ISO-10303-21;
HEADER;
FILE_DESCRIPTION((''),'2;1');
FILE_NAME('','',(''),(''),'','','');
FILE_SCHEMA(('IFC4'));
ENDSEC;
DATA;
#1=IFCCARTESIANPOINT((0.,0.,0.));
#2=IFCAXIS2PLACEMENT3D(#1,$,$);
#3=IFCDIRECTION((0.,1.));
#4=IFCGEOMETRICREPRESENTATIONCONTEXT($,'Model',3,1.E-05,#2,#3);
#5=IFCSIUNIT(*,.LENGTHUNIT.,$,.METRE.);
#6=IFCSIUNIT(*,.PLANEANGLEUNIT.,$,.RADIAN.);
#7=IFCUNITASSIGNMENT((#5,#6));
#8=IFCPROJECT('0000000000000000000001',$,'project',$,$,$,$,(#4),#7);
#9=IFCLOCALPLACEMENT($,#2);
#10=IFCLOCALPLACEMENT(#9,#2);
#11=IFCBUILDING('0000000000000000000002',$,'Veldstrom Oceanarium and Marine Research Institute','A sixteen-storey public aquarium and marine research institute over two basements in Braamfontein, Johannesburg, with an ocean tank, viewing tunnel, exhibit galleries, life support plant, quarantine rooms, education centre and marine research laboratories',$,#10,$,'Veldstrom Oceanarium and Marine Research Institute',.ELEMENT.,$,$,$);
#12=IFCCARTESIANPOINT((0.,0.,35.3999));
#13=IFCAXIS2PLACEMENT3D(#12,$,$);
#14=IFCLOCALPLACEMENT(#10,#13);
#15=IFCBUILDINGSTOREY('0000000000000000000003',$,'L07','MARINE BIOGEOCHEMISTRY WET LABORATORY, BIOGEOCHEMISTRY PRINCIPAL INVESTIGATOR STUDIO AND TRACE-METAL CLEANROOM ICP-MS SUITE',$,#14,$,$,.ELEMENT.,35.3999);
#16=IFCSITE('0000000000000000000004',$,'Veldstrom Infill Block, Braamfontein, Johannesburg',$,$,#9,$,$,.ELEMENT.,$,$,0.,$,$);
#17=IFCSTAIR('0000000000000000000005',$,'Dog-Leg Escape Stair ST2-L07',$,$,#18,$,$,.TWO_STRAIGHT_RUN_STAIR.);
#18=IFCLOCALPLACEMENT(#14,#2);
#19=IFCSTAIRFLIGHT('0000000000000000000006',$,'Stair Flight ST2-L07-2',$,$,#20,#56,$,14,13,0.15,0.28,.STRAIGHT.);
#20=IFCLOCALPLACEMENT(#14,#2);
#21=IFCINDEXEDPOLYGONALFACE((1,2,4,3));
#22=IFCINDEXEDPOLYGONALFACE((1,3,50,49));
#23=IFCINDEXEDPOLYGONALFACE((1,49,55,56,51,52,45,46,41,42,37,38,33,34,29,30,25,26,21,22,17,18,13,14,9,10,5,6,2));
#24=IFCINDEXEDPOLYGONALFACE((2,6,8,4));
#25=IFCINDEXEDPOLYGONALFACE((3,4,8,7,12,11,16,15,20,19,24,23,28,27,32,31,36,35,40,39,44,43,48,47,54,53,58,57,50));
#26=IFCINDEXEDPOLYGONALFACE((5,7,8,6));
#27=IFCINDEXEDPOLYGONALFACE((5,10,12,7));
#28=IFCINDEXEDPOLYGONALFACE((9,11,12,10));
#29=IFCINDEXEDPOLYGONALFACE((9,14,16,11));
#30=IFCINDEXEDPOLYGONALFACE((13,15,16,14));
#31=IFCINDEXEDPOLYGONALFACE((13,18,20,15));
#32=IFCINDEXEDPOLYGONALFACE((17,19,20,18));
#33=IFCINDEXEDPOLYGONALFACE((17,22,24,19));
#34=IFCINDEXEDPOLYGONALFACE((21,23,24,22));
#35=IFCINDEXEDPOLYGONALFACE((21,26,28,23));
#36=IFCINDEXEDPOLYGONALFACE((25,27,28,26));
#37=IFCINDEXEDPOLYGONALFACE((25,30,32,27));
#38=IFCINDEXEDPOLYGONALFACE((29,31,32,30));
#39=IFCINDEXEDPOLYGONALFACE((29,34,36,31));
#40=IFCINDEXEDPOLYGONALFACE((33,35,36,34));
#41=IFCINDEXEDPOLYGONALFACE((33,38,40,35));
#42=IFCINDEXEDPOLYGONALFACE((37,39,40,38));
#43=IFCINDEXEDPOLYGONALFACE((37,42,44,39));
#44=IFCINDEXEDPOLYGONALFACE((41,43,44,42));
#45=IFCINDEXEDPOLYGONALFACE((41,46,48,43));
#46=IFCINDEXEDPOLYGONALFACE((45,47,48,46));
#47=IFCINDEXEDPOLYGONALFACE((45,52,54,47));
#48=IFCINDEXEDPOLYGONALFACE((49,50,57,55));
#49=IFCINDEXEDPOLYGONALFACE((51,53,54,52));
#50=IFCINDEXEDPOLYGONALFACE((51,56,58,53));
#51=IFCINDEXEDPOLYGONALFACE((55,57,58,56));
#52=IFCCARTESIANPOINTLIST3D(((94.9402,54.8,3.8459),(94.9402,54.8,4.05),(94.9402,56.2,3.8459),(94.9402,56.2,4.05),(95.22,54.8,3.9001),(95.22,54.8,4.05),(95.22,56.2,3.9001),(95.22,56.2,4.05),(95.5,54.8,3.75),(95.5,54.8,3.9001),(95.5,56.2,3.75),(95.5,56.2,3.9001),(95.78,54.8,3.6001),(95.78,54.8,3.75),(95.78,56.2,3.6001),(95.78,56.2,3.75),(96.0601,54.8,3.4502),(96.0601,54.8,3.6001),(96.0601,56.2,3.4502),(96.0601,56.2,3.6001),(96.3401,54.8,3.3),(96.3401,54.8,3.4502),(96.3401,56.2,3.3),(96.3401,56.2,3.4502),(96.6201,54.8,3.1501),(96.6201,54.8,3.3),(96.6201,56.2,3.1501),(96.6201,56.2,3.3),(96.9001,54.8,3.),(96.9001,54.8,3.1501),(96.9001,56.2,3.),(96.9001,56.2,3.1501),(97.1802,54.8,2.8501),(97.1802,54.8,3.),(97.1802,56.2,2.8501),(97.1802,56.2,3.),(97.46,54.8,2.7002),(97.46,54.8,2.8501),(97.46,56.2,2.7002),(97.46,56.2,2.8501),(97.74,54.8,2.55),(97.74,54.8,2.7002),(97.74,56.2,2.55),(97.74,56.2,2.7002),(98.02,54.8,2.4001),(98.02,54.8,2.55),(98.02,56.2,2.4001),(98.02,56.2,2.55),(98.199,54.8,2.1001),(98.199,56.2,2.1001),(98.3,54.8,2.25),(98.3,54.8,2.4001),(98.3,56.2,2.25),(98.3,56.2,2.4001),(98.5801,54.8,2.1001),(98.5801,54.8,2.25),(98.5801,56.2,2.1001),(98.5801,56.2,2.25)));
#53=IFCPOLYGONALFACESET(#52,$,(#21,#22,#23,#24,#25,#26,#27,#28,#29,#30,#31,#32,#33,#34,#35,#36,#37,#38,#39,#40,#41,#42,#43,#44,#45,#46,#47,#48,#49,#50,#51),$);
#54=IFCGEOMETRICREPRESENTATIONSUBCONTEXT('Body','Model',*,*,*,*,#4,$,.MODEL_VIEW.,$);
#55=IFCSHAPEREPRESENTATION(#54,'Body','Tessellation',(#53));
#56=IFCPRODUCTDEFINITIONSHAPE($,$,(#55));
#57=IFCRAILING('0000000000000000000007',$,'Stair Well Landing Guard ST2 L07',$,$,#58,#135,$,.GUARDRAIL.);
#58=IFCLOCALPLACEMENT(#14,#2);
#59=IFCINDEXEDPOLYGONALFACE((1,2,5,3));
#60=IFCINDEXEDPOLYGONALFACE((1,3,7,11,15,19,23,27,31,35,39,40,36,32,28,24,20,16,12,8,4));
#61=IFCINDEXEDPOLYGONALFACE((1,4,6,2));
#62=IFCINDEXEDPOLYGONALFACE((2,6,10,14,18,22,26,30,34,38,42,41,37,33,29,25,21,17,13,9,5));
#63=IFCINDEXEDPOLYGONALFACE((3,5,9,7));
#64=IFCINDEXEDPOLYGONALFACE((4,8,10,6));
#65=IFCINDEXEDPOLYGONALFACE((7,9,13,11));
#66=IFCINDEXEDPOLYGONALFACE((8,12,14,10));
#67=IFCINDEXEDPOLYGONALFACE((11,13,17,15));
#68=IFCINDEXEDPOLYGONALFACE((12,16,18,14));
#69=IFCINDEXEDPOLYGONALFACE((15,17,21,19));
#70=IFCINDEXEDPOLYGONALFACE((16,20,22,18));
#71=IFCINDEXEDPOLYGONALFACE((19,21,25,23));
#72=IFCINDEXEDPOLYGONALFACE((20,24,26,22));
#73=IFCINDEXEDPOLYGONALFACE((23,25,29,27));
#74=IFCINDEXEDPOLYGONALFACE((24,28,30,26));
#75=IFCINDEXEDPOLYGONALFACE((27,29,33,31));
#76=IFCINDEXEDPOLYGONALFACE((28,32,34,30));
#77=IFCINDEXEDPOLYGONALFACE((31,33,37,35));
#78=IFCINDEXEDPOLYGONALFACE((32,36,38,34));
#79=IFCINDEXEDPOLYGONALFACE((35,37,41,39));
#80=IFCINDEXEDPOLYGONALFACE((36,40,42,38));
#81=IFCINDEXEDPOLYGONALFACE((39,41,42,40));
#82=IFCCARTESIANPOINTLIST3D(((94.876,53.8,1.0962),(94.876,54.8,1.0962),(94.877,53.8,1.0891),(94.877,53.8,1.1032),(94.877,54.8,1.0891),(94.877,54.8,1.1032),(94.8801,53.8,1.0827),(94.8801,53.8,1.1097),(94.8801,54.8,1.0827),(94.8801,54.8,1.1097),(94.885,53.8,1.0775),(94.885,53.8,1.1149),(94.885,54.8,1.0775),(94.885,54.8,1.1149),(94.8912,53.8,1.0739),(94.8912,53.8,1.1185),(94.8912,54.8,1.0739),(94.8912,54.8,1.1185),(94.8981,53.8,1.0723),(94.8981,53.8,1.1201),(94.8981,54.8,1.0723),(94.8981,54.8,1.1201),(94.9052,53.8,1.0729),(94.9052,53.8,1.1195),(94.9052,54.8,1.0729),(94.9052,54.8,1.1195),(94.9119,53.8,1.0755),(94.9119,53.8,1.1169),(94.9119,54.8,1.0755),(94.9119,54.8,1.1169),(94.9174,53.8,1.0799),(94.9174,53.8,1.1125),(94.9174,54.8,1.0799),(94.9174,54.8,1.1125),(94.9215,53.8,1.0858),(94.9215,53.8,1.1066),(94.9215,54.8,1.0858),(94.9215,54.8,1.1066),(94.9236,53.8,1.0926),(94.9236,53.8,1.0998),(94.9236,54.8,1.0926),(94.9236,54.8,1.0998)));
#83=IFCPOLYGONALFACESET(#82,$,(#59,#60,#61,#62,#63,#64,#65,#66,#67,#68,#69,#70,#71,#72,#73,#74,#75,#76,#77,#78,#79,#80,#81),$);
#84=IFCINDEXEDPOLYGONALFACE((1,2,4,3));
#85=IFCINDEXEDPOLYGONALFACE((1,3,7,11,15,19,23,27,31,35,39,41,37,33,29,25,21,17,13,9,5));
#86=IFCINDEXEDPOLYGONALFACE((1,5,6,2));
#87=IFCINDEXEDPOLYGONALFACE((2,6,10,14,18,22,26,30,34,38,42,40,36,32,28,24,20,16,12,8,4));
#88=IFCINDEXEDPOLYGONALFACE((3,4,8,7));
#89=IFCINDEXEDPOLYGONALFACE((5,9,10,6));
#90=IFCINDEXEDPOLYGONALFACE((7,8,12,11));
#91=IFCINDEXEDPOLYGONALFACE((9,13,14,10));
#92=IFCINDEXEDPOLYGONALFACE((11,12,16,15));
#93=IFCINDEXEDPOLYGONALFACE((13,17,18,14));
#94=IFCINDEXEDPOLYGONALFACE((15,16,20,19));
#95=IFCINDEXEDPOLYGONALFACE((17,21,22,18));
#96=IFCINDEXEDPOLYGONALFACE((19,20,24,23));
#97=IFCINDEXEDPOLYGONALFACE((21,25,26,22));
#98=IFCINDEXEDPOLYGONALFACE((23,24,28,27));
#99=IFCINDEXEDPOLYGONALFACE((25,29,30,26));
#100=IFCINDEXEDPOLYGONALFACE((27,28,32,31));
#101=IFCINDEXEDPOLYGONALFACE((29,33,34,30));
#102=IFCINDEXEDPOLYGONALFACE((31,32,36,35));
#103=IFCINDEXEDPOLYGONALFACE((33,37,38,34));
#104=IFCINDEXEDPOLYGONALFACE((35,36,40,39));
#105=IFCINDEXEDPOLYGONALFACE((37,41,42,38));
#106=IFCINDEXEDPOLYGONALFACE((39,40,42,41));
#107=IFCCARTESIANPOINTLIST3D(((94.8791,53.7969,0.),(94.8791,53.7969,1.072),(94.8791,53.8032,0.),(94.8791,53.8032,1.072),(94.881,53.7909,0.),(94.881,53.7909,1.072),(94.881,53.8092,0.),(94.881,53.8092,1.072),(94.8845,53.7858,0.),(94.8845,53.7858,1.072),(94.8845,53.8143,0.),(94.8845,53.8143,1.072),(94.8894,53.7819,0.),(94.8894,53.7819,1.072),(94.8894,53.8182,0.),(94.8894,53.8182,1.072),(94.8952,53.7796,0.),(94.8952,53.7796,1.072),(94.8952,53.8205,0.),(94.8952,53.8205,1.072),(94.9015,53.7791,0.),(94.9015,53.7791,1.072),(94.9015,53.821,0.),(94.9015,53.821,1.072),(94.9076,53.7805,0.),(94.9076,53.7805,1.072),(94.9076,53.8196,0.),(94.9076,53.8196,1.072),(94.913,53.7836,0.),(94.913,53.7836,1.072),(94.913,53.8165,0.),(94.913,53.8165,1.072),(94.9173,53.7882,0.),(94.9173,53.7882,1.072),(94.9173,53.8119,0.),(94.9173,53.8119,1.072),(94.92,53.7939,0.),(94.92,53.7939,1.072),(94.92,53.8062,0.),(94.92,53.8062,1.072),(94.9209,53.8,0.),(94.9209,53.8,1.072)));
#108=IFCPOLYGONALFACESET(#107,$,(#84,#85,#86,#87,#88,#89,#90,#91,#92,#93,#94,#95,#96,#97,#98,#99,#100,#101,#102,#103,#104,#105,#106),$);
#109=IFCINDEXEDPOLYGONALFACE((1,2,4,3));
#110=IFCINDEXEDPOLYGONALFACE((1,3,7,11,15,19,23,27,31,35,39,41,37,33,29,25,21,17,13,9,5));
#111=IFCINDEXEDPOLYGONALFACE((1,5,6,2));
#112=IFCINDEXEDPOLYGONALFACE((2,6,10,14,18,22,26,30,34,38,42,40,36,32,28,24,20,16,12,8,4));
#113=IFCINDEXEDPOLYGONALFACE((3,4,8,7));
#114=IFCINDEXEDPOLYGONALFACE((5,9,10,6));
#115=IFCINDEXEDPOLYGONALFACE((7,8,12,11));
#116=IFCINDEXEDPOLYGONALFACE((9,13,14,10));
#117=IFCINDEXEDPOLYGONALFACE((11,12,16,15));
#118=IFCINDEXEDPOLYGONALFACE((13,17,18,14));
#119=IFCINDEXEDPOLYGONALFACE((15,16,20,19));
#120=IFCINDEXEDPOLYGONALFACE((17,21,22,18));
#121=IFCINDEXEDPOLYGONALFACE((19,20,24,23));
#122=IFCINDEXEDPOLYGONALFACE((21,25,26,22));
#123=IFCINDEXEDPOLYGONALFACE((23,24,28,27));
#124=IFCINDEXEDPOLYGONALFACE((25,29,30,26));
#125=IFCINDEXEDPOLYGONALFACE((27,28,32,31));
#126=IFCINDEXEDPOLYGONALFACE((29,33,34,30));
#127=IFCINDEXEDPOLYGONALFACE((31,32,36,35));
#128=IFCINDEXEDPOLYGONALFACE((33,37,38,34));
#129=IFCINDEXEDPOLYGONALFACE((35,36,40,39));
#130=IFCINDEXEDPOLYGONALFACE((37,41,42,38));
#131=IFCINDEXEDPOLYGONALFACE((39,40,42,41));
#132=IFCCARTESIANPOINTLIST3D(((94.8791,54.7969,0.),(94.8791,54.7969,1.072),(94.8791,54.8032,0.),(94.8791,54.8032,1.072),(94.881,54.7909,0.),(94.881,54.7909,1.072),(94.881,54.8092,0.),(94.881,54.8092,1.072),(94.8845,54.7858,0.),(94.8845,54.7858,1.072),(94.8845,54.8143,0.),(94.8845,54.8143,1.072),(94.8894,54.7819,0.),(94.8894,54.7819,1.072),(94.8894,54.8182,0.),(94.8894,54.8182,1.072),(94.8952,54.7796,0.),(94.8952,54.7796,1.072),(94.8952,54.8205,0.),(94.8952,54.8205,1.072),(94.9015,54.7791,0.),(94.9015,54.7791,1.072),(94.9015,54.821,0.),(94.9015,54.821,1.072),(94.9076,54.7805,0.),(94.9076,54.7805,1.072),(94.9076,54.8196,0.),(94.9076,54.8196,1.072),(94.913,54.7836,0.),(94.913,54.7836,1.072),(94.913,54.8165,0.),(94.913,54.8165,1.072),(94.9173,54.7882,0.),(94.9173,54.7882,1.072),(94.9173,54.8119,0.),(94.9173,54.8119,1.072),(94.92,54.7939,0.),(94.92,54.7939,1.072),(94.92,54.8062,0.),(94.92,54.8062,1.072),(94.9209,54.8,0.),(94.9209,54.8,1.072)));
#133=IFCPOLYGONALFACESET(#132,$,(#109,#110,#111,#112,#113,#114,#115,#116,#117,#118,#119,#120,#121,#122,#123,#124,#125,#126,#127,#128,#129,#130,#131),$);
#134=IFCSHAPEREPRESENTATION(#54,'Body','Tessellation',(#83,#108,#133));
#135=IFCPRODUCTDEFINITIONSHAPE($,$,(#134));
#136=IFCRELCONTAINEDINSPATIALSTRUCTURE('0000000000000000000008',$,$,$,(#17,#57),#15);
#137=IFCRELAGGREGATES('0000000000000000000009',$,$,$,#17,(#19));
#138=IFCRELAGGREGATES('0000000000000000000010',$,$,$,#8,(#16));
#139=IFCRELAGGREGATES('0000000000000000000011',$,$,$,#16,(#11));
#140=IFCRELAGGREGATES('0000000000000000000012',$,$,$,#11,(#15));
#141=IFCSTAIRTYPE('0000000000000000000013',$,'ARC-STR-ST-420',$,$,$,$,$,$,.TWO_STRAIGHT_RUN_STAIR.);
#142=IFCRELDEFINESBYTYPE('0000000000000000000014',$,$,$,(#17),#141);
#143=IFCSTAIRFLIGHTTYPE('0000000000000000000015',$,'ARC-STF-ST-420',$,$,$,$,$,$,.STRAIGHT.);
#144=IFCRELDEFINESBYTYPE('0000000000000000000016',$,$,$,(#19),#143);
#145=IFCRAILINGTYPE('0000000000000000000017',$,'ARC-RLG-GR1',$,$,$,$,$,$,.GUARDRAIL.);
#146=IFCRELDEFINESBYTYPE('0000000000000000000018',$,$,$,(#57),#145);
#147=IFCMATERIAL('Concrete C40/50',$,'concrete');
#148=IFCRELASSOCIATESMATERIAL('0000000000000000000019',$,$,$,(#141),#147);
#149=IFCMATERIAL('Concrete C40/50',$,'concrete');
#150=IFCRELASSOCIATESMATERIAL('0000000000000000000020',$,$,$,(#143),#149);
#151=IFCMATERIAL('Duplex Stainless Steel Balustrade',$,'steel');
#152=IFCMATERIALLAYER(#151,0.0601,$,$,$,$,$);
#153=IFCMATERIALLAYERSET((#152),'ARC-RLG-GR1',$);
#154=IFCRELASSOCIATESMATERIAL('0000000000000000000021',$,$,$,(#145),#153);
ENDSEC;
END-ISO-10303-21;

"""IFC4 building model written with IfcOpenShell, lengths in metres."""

from ifc_helpers import new_model, si_unit, direction, frame, origin, origin_2d, place, context, subcontext, project, spatial, polyline, circle, outline, extrude, material, layer, layer_set, type_object, element, aggregate, save


model = new_model("IFC4")

# Units and contexts
model_context = context("Model", 3, precision=1e-05, world=origin(), true_north=direction((0.0, 1.0)))
body_context = subcontext(model_context, "Body", "Model", "MODEL_VIEW")
ifc_project = project(units=[si_unit("LENGTHUNIT", "METRE"), si_unit("PLANEANGLEUNIT", "RADIAN")], contexts=[model_context])

# Site, building, storey
site_placement = place(None, origin())
site = spatial("IfcSite", under=ifc_project, at=site_placement, Name="Veldstrom Infill Block, Braamfontein, Johannesburg", CompositionType="ELEMENT", RefElevation=0.0)
building_placement = place(site_placement, origin())
building = spatial("IfcBuilding", under=site, at=building_placement, Name="Veldstrom Oceanarium and Marine Research Institute", Description="A sixteen-storey public aquarium and marine research institute over two basements in Braamfontein, Johannesburg, with an ocean tank, viewing tunnel, exhibit galleries, life support plant, quarantine rooms, education centre and marine research laboratories", LongName="Veldstrom Oceanarium and Marine Research Institute", CompositionType="ELEMENT")
storey_placement = place(building_placement, frame((0.0, 0.0, 35.3999)))
storey = spatial("IfcBuildingStorey", under=building, at=storey_placement, Name="L07", Description="MARINE BIOGEOCHEMISTRY WET LABORATORY, BIOGEOCHEMISTRY PRINCIPAL INVESTIGATOR STUDIO AND TRACE-METAL CLEANROOM ICP-MS SUITE", CompositionType="ELEMENT", Elevation=35.3999)

# Stair, stair flight
ifc_material_1 = material(Name="Concrete C40/50", Category="concrete")
stair_type = type_object("IfcStairType", Name="ARC-STR-ST-420", PredefinedType="TWO_STRAIGHT_RUN_STAIR", material=ifc_material_1)
stair_placement = place(storey_placement, origin())
stair = element("IfcStair", 1, at=stair_placement, inside=storey, type_object=stair_type, Name="Dog-Leg Escape Stair ST2-L07", PredefinedType="TWO_STRAIGHT_RUN_STAIR")
ifc_material_2 = material(Name="Concrete C40/50", Category="concrete")
stair_flight_type = type_object("IfcStairFlightType", Name="ARC-STF-ST-420", PredefinedType="STRAIGHT", material=ifc_material_2)
stair_flight_1_placement = place(storey_placement, frame((98.5801, 55.5, 2.1001), z_axis=(0.0, 0.0, 1.0), x_axis=(-1.0, 0.0, 0.0)))
stair_flight_1 = element("IfcStairFlight", 2, at=stair_flight_1_placement, type_object=stair_flight_type, Name="Stair Flight ST2-L07-2", NumberOfRisers=14, NumberOfTreads=13, PredefinedType="STRAIGHT", RiserHeight=0.15, TreadLength=0.28, context=body_context, shape_type="SweptSolid", body=[
    extrude(outline(polyline([(0.0, 0.0), (0.0, 0.1499), (0.28, 0.1499), (0.28, 0.3), (0.5601, 0.3), (0.5601, 0.45), (0.8401, 0.45), (0.8401, 0.6001), (1.1201, 0.6001), (1.1201, 0.75), (1.3999, 0.75), (1.3999, 0.8999), (1.6799, 0.8999), (1.6799, 1.05), (1.96, 1.05), (1.96, 1.2), (2.24, 1.2), (2.24, 1.3501), (2.52, 1.3501), (2.52, 1.5), (2.8, 1.5), (2.8, 1.6499), (3.0801, 1.6499), (3.0801, 1.8), (3.3601, 1.8), (3.3601, 1.95), (3.6399, 1.95), (3.6399, 2.1001), (3.6399, 1.7458), (0.3811, 0.0), (0.0, 0.0)])), frame((0.0, 0.7, 0.0), z_axis=(0.0, -1.0, 0.0), x_axis=(1.0, 0.0, 0.0)), (0.0, 0.0, 1.0), 1.3999),
])
aggregate(stair, [stair_flight_1])

# Railing
ifc_material_3 = material(Name="Duplex Stainless Steel Balustrade", Category="steel")
ifc_layer_1 = layer(ifc_material_3, 0.0601)
ifc_layer_set_1 = layer_set([ifc_layer_1], Name="ARC-RLG-GR1")
railing_type_1 = type_object("IfcRailingType", Name="ARC-RLG-GR1", PredefinedType="GUARDRAIL", material=ifc_layer_set_1)
railing_1_placement = place(storey_placement, frame((94.8999, 53.8, 0.0)))
element("IfcRailing", 3, at=railing_1_placement, inside=storey, type_object=railing_type_1, Name="Stair Well Landing Guard ST2 L07", PredefinedType="GUARDRAIL", context=body_context, shape_type="SweptSolid", body=[
    extrude(circle(Radius=0.0239, at=origin_2d()), frame((0.0, 0.0, 1.0962), z_axis=(0.0, 1.0, 0.0), x_axis=(-1.0, 0.0, 0.0)), (0.0, 0.0, 1.0), 1.0),
    extrude(circle(Radius=0.021, at=origin_2d()), origin(), (0.0, 0.0, 1.0), 1.072),
    extrude(circle(Radius=0.021, at=origin_2d()), frame((0.0, 1.0, 0.0)), (0.0, 0.0, 1.0), 1.072),
])

save(model, "model.ifc")
